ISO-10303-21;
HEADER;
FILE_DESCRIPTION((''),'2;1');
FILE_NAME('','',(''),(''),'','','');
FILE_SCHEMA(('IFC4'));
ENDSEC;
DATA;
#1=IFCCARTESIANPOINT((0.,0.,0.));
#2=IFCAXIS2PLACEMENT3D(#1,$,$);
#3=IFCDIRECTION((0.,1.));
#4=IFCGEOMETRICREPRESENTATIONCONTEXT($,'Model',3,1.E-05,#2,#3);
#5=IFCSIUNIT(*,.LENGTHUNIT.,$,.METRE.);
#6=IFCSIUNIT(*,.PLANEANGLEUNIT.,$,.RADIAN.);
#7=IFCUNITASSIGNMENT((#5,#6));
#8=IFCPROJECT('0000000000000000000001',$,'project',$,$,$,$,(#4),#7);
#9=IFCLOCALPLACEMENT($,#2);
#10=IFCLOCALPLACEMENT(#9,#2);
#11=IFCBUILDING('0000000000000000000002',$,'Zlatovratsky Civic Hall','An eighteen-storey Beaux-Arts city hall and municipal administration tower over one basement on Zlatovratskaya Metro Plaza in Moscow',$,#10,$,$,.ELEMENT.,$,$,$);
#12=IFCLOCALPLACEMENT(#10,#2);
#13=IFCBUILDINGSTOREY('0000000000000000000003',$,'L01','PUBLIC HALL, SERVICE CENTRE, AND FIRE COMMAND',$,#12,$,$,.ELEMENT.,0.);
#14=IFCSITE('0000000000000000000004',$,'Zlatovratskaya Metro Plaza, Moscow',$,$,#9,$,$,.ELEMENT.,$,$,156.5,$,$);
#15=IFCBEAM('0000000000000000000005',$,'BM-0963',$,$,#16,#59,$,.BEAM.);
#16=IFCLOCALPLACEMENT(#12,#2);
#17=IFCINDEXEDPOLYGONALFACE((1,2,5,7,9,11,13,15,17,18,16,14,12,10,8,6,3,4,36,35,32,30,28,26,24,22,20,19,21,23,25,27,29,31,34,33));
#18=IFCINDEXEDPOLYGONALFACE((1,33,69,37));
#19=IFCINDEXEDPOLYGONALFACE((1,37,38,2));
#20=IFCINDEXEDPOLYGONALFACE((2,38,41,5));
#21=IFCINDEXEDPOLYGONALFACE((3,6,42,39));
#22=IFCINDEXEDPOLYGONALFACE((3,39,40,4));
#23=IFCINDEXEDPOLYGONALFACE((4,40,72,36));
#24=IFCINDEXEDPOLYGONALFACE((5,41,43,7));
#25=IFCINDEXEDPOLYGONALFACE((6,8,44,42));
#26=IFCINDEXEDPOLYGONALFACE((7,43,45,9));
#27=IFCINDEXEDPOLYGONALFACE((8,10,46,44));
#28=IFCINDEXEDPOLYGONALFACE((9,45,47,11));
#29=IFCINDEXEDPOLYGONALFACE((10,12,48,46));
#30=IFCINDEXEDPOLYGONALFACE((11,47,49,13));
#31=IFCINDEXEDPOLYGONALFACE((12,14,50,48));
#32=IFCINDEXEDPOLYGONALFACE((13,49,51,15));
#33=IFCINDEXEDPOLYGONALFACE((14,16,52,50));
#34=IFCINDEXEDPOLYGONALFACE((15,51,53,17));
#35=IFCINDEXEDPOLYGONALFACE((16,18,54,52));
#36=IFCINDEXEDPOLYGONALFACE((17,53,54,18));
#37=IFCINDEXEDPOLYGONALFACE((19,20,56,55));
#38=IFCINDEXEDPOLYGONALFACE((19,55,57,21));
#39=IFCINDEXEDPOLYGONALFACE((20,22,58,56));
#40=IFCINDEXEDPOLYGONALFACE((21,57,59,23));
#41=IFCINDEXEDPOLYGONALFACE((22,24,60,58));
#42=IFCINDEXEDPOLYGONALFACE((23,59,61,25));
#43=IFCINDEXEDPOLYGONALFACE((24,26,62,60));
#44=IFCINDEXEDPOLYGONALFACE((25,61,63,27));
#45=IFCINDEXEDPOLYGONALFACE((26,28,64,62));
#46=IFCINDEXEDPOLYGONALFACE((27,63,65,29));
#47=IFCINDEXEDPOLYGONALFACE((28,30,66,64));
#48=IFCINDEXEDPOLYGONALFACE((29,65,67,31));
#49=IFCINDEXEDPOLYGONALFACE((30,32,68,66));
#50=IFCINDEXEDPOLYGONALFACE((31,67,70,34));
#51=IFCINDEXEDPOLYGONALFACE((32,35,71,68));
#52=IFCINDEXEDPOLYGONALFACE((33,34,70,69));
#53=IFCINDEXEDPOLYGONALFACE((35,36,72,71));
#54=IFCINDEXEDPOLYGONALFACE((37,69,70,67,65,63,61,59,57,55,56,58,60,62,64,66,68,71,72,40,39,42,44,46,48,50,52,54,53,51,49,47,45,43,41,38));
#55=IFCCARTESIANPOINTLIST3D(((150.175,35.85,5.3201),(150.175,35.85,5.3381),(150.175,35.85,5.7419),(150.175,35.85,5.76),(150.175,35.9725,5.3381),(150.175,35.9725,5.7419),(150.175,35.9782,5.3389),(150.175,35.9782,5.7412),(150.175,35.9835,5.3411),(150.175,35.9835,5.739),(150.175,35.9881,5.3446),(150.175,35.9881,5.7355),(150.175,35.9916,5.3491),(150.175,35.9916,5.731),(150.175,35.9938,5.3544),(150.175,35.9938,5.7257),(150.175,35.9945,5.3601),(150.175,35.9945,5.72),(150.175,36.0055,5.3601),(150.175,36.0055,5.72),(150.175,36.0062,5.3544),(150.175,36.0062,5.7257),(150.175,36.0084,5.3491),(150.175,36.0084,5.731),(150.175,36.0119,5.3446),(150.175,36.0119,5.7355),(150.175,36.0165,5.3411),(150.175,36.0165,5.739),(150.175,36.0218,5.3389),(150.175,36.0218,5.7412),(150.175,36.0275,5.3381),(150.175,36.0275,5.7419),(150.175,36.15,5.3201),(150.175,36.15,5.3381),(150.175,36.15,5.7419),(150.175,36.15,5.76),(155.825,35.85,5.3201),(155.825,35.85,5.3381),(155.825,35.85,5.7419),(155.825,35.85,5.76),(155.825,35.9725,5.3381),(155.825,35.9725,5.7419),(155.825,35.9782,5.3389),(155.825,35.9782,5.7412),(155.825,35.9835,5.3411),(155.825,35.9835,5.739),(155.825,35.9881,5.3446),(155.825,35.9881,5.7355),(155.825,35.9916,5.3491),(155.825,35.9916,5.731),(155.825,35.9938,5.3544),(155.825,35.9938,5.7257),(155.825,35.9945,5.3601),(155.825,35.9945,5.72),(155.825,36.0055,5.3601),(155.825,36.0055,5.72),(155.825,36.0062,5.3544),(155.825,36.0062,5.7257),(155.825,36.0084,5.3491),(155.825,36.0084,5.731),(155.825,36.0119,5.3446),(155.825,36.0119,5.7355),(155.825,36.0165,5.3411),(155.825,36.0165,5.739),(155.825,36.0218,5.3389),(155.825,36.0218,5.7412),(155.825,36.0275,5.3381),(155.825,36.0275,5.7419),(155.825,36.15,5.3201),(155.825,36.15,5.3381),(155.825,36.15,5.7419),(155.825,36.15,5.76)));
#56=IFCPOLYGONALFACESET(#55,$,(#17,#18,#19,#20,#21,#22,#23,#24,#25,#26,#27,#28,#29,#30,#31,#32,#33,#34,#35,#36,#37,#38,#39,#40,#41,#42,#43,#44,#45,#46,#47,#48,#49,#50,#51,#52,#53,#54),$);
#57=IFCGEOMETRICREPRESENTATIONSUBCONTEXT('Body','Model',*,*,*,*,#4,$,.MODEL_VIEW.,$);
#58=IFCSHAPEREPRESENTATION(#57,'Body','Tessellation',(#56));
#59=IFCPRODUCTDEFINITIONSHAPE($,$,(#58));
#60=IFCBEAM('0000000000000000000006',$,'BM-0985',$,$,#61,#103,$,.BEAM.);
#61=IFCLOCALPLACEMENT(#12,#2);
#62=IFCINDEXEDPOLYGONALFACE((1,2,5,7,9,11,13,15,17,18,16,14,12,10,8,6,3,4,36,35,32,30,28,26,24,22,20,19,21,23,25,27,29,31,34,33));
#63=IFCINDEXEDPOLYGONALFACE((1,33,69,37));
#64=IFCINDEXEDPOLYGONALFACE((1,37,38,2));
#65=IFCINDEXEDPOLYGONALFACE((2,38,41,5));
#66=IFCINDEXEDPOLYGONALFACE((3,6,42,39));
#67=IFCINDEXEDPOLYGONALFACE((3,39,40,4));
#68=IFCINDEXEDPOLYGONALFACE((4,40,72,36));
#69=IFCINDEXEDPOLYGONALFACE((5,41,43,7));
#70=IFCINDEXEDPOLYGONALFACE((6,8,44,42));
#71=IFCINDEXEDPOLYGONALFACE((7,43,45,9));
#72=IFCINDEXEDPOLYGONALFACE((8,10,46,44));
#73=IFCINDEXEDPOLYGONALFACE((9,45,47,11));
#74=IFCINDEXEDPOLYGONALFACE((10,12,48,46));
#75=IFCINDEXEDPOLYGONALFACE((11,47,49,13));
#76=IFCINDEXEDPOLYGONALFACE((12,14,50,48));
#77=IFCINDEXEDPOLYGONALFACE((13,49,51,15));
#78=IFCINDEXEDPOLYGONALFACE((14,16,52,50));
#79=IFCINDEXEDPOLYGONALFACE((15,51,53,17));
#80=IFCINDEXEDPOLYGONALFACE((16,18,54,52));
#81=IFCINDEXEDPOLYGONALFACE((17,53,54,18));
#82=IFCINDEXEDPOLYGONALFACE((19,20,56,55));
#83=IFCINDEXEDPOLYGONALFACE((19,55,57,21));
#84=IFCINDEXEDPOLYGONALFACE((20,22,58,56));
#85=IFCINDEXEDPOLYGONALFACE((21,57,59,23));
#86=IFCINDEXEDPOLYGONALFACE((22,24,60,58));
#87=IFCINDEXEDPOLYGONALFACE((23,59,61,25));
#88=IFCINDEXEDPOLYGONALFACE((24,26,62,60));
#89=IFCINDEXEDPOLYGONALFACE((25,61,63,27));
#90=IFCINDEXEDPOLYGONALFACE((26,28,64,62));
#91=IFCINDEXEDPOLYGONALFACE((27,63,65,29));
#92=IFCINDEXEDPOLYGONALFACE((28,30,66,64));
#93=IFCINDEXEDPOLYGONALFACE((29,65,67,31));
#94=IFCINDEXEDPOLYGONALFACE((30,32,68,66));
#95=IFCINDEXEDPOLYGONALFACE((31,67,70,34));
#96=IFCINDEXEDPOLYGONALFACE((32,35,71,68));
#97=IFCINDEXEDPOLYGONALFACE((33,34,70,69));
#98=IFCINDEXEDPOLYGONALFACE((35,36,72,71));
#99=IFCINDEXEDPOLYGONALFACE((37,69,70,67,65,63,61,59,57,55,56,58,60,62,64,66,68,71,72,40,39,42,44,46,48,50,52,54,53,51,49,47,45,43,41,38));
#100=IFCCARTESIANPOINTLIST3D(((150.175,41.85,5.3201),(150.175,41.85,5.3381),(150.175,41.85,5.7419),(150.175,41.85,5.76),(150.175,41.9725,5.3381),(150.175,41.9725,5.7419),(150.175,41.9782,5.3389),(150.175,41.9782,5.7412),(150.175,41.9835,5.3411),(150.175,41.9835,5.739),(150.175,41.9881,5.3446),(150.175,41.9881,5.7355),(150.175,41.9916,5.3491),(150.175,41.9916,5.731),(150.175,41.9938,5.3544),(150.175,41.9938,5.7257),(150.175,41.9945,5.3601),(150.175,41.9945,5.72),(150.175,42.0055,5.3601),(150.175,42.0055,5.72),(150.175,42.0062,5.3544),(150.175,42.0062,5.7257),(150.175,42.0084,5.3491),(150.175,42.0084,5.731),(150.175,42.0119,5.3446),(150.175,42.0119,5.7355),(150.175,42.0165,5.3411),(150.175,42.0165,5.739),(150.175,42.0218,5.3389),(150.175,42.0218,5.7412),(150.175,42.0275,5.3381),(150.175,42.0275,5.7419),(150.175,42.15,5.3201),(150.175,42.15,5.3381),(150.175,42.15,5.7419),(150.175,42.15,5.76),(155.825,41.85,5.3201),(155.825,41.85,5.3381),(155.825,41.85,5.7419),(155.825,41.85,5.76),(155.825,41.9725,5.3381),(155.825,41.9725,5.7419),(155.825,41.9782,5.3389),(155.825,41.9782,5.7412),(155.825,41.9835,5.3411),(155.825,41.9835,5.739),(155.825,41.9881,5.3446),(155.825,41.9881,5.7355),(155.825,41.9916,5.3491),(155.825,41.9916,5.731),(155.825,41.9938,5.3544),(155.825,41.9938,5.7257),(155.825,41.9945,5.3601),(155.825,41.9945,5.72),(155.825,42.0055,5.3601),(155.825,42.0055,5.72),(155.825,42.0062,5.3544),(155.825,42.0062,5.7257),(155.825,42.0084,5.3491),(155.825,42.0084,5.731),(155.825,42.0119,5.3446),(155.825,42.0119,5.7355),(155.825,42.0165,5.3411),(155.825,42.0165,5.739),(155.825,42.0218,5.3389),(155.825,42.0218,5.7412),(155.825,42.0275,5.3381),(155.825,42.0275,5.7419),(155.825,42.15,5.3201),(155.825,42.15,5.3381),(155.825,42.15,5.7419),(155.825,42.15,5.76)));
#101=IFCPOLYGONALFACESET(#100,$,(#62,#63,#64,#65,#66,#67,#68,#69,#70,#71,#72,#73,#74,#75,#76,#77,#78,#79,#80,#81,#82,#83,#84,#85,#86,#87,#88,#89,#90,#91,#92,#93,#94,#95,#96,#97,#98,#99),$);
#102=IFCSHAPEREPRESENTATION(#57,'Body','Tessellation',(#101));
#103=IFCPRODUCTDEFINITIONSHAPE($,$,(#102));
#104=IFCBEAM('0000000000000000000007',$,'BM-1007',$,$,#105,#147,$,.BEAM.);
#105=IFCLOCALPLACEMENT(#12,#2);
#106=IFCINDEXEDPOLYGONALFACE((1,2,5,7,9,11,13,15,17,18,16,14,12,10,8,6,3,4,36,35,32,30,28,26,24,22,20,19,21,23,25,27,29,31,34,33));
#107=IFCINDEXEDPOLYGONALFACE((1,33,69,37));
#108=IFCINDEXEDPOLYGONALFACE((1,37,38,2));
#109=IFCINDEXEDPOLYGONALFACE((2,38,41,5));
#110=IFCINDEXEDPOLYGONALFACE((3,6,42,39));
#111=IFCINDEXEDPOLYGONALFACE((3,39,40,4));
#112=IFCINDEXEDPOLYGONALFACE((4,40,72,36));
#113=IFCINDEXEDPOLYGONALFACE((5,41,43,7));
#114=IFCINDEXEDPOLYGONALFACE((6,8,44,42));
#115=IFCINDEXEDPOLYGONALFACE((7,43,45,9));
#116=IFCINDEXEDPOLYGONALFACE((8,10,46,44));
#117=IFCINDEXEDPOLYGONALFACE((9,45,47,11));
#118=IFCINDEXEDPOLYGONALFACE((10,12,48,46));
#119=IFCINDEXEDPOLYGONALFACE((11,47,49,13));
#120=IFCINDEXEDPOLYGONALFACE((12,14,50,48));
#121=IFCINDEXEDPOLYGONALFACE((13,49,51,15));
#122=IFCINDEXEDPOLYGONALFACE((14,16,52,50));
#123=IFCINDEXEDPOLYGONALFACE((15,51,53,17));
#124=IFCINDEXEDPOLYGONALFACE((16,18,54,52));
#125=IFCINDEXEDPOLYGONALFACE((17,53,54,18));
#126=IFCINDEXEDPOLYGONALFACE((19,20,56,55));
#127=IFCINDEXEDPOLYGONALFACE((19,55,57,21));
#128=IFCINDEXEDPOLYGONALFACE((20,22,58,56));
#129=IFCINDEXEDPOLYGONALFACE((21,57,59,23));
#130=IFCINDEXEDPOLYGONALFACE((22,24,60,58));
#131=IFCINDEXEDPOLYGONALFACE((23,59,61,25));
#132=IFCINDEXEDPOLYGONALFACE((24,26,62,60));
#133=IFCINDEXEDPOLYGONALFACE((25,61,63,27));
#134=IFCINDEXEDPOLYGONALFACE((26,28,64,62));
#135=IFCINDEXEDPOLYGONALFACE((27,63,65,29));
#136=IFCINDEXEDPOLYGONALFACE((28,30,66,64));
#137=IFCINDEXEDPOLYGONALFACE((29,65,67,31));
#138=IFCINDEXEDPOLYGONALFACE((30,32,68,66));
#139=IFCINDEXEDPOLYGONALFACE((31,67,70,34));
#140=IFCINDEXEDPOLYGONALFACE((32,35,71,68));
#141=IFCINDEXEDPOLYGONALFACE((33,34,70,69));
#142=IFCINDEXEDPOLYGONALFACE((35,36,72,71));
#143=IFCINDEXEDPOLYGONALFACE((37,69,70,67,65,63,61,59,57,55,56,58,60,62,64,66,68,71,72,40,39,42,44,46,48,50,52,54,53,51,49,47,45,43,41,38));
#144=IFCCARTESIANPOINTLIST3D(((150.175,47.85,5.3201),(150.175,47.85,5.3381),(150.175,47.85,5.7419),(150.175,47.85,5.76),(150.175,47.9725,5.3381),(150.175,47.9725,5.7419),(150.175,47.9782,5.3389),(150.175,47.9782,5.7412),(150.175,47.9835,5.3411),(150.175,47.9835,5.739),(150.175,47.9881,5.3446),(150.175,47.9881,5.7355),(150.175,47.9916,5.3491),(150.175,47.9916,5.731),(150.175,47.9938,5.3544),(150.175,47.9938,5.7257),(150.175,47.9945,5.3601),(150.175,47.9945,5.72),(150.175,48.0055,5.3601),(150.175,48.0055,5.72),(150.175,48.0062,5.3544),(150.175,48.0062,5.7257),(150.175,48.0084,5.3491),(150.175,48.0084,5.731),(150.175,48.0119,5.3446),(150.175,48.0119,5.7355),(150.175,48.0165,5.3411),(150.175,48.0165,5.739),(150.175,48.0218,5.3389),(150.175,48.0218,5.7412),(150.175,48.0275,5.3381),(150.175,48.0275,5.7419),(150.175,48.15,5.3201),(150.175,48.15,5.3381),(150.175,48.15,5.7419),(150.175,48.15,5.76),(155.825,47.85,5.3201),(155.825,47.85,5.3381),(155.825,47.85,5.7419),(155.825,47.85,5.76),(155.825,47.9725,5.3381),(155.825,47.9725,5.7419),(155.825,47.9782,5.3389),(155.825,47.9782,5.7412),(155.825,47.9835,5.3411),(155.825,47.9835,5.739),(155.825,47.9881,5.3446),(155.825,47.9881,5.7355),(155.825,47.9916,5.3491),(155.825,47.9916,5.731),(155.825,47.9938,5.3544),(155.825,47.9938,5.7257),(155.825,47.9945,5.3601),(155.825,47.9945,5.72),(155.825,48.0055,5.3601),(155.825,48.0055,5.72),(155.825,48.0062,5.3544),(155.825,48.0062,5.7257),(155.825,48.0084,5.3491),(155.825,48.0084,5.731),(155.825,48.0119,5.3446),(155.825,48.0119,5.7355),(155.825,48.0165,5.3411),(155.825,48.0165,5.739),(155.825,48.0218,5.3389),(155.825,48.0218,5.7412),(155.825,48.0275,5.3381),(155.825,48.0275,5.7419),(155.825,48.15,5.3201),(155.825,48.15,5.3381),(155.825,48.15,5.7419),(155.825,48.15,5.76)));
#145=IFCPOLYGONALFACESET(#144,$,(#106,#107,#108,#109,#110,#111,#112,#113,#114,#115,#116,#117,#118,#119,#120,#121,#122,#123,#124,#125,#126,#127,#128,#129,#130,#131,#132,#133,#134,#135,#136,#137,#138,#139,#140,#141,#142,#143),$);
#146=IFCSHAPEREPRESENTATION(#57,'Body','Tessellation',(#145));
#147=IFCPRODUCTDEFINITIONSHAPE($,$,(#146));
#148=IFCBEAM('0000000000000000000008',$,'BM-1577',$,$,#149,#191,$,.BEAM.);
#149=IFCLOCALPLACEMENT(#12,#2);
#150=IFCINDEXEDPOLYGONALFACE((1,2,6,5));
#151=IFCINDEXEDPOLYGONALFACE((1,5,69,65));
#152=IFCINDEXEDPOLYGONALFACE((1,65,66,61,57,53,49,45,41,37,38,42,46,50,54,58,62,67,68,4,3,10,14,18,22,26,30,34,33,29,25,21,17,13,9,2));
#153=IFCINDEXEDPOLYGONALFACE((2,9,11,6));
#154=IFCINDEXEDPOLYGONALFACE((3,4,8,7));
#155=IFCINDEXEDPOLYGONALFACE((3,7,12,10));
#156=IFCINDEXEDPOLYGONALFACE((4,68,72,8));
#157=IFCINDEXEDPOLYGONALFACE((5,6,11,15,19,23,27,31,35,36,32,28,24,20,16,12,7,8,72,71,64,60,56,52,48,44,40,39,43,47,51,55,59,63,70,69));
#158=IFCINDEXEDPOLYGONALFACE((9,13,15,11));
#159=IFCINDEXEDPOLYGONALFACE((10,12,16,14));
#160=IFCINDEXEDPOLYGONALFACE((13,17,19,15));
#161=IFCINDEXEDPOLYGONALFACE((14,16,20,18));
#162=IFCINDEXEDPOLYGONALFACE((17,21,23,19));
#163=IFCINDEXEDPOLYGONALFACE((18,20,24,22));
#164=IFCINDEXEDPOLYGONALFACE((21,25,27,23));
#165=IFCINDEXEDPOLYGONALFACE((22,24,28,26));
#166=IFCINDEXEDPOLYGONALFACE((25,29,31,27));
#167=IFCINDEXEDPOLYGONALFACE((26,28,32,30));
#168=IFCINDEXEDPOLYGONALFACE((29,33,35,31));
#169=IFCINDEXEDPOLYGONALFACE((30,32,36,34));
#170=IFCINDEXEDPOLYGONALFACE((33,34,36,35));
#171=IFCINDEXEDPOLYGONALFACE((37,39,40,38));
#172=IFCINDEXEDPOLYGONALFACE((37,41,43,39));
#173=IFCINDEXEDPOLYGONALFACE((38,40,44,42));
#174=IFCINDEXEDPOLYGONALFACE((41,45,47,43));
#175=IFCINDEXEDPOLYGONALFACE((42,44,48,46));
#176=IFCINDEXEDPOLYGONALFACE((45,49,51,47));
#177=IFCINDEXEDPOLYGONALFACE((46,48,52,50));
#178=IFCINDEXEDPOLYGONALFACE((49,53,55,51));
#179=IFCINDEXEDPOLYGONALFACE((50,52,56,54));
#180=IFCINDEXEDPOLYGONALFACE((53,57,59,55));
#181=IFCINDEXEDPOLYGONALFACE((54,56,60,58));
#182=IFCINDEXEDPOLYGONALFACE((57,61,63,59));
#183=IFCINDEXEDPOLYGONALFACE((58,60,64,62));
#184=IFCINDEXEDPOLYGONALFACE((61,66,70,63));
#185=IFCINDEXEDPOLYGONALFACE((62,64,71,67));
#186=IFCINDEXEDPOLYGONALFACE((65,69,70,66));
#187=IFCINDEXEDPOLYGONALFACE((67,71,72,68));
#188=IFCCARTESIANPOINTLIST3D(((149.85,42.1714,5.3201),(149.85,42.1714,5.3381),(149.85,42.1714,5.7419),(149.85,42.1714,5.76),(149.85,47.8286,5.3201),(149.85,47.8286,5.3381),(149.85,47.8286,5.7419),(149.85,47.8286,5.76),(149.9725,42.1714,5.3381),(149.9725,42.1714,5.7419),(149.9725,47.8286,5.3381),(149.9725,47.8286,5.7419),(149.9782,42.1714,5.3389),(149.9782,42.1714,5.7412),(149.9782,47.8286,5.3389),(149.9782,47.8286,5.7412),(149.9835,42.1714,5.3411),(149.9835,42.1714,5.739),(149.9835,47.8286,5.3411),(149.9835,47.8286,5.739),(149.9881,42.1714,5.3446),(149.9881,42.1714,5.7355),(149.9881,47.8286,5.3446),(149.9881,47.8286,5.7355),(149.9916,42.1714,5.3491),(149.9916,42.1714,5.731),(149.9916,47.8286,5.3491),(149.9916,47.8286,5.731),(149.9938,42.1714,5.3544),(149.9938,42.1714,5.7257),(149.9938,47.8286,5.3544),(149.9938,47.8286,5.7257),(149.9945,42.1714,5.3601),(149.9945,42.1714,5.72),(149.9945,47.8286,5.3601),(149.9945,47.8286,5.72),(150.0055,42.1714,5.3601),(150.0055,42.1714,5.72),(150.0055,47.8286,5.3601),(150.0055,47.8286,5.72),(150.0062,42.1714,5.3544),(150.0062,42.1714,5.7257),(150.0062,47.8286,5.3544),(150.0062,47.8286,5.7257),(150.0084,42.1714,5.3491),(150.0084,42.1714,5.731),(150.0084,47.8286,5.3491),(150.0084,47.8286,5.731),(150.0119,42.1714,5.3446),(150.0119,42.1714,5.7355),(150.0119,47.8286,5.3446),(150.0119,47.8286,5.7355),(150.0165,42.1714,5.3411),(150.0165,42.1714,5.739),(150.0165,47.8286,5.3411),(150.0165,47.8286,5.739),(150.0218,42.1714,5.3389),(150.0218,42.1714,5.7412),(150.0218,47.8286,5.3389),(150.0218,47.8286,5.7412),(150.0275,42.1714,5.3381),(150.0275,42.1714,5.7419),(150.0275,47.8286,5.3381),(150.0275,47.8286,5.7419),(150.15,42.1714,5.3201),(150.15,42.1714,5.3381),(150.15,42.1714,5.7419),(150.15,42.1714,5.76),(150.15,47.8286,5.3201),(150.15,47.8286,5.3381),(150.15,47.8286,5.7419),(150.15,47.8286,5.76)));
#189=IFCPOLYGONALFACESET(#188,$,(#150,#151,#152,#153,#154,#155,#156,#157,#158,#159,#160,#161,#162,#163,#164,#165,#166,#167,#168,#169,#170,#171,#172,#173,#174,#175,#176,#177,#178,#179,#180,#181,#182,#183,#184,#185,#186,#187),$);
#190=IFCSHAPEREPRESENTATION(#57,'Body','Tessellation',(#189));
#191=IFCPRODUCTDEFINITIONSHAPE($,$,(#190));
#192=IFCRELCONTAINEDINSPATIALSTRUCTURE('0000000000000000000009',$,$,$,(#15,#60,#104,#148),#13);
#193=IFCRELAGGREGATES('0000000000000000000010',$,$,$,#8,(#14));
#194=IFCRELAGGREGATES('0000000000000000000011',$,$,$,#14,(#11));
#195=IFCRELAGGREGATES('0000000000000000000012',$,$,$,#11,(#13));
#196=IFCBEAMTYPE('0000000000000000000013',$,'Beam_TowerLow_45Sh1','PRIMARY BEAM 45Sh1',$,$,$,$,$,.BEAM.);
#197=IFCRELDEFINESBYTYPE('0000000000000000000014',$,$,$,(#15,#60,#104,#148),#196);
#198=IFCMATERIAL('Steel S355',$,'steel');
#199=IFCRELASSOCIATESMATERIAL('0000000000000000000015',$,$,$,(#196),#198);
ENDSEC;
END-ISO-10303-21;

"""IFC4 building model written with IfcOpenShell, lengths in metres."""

from ifc_helpers import new_model, si_unit, direction, frame, origin, origin_2d, place, context, subcontext, project, spatial, i_section, extrude, material, material_profile, profile_set, type_object, element, save


model = new_model("IFC4")

# Units and contexts
model_context = context("Model", 3, precision=1e-05, world=origin(), true_north=direction((0.0, 1.0)))
body_context = subcontext(model_context, "Body", "Model", "MODEL_VIEW")
ifc_project = project(units=[si_unit("LENGTHUNIT", "METRE"), si_unit("PLANEANGLEUNIT", "RADIAN")], contexts=[model_context])

# Site, building, storey
site_placement = place(None, origin())
site = spatial("IfcSite", under=ifc_project, at=site_placement, Name="Zlatovratskaya Metro Plaza, Moscow", CompositionType="ELEMENT", RefElevation=156.5)
building_placement = place(site_placement, origin())
building = spatial("IfcBuilding", under=site, at=building_placement, Name="Zlatovratsky Civic Hall", Description="An eighteen-storey Beaux-Arts city hall and municipal administration tower over one basement on Zlatovratskaya Metro Plaza in Moscow", CompositionType="ELEMENT")
storey_placement = place(building_placement, origin())
storey = spatial("IfcBuildingStorey", under=building, at=storey_placement, Name="L01", Description="PUBLIC HALL, SERVICE CENTRE, AND FIRE COMMAND", CompositionType="ELEMENT", Elevation=0.0)

# Shared definitions
ifc_material_1 = material(Name="Steel S355", Category="steel")

# Beams
ifc_material_profile_1 = material_profile(ifc_material_1, i_section(OverallWidth=0.3, OverallDepth=0.4399, WebThickness=0.011, FlangeThickness=0.0181, FilletRadius=0.022, at=origin_2d()), Name="45Sh1")
ifc_profile_set_1 = profile_set([ifc_material_profile_1], Name="Steel S355")
beam_type_1 = type_object("IfcBeamType", Name="Beam_TowerLow_45Sh1", Description="PRIMARY BEAM 45Sh1", PredefinedType="BEAM", material=ifc_profile_set_1)
for number, where, z_axis, x_axis, name in (
    (1, (150.175, 36.0, 5.54), (1.0, 0.0, 0.0), (0.0, 1.0, 0.0), "BM-0963"),
    (2, (150.175, 42.0, 5.54), (1.0, 0.0, 0.0), (0.0, 1.0, 0.0), "BM-0985"),
    (3, (150.175, 48.0, 5.54), (1.0, 0.0, 0.0), (0.0, 1.0, 0.0), "BM-1007"),
):
    element("IfcBeam", number, at=place(storey_placement, frame(where, z_axis=z_axis, x_axis=x_axis)), inside=storey, type_object=beam_type_1, Name=name, PredefinedType="BEAM", context=body_context, shape_type="SweptSolid", body=[
        extrude(i_section(OverallWidth=0.3, OverallDepth=0.4399, WebThickness=0.011, FlangeThickness=0.0181, FilletRadius=0.022, at=origin_2d()), origin(), (0.0, 0.0, 1.0), 5.6499),
    ])
beam_1_placement = place(storey_placement, frame((150.0, 42.1714, 5.54), z_axis=(0.0, 1.0, 0.0), x_axis=(-1.0, 0.0, 0.0)))
element("IfcBeam", 4, at=beam_1_placement, inside=storey, type_object=beam_type_1, Name="BM-1577", PredefinedType="BEAM", context=body_context, shape_type="SweptSolid", body=[
    extrude(i_section(OverallWidth=0.3, OverallDepth=0.4399, WebThickness=0.011, FlangeThickness=0.0181, FilletRadius=0.022, at=origin_2d()), origin(), (0.0, 0.0, 1.0), 5.6572),
])

save(model, "model.ifc")
